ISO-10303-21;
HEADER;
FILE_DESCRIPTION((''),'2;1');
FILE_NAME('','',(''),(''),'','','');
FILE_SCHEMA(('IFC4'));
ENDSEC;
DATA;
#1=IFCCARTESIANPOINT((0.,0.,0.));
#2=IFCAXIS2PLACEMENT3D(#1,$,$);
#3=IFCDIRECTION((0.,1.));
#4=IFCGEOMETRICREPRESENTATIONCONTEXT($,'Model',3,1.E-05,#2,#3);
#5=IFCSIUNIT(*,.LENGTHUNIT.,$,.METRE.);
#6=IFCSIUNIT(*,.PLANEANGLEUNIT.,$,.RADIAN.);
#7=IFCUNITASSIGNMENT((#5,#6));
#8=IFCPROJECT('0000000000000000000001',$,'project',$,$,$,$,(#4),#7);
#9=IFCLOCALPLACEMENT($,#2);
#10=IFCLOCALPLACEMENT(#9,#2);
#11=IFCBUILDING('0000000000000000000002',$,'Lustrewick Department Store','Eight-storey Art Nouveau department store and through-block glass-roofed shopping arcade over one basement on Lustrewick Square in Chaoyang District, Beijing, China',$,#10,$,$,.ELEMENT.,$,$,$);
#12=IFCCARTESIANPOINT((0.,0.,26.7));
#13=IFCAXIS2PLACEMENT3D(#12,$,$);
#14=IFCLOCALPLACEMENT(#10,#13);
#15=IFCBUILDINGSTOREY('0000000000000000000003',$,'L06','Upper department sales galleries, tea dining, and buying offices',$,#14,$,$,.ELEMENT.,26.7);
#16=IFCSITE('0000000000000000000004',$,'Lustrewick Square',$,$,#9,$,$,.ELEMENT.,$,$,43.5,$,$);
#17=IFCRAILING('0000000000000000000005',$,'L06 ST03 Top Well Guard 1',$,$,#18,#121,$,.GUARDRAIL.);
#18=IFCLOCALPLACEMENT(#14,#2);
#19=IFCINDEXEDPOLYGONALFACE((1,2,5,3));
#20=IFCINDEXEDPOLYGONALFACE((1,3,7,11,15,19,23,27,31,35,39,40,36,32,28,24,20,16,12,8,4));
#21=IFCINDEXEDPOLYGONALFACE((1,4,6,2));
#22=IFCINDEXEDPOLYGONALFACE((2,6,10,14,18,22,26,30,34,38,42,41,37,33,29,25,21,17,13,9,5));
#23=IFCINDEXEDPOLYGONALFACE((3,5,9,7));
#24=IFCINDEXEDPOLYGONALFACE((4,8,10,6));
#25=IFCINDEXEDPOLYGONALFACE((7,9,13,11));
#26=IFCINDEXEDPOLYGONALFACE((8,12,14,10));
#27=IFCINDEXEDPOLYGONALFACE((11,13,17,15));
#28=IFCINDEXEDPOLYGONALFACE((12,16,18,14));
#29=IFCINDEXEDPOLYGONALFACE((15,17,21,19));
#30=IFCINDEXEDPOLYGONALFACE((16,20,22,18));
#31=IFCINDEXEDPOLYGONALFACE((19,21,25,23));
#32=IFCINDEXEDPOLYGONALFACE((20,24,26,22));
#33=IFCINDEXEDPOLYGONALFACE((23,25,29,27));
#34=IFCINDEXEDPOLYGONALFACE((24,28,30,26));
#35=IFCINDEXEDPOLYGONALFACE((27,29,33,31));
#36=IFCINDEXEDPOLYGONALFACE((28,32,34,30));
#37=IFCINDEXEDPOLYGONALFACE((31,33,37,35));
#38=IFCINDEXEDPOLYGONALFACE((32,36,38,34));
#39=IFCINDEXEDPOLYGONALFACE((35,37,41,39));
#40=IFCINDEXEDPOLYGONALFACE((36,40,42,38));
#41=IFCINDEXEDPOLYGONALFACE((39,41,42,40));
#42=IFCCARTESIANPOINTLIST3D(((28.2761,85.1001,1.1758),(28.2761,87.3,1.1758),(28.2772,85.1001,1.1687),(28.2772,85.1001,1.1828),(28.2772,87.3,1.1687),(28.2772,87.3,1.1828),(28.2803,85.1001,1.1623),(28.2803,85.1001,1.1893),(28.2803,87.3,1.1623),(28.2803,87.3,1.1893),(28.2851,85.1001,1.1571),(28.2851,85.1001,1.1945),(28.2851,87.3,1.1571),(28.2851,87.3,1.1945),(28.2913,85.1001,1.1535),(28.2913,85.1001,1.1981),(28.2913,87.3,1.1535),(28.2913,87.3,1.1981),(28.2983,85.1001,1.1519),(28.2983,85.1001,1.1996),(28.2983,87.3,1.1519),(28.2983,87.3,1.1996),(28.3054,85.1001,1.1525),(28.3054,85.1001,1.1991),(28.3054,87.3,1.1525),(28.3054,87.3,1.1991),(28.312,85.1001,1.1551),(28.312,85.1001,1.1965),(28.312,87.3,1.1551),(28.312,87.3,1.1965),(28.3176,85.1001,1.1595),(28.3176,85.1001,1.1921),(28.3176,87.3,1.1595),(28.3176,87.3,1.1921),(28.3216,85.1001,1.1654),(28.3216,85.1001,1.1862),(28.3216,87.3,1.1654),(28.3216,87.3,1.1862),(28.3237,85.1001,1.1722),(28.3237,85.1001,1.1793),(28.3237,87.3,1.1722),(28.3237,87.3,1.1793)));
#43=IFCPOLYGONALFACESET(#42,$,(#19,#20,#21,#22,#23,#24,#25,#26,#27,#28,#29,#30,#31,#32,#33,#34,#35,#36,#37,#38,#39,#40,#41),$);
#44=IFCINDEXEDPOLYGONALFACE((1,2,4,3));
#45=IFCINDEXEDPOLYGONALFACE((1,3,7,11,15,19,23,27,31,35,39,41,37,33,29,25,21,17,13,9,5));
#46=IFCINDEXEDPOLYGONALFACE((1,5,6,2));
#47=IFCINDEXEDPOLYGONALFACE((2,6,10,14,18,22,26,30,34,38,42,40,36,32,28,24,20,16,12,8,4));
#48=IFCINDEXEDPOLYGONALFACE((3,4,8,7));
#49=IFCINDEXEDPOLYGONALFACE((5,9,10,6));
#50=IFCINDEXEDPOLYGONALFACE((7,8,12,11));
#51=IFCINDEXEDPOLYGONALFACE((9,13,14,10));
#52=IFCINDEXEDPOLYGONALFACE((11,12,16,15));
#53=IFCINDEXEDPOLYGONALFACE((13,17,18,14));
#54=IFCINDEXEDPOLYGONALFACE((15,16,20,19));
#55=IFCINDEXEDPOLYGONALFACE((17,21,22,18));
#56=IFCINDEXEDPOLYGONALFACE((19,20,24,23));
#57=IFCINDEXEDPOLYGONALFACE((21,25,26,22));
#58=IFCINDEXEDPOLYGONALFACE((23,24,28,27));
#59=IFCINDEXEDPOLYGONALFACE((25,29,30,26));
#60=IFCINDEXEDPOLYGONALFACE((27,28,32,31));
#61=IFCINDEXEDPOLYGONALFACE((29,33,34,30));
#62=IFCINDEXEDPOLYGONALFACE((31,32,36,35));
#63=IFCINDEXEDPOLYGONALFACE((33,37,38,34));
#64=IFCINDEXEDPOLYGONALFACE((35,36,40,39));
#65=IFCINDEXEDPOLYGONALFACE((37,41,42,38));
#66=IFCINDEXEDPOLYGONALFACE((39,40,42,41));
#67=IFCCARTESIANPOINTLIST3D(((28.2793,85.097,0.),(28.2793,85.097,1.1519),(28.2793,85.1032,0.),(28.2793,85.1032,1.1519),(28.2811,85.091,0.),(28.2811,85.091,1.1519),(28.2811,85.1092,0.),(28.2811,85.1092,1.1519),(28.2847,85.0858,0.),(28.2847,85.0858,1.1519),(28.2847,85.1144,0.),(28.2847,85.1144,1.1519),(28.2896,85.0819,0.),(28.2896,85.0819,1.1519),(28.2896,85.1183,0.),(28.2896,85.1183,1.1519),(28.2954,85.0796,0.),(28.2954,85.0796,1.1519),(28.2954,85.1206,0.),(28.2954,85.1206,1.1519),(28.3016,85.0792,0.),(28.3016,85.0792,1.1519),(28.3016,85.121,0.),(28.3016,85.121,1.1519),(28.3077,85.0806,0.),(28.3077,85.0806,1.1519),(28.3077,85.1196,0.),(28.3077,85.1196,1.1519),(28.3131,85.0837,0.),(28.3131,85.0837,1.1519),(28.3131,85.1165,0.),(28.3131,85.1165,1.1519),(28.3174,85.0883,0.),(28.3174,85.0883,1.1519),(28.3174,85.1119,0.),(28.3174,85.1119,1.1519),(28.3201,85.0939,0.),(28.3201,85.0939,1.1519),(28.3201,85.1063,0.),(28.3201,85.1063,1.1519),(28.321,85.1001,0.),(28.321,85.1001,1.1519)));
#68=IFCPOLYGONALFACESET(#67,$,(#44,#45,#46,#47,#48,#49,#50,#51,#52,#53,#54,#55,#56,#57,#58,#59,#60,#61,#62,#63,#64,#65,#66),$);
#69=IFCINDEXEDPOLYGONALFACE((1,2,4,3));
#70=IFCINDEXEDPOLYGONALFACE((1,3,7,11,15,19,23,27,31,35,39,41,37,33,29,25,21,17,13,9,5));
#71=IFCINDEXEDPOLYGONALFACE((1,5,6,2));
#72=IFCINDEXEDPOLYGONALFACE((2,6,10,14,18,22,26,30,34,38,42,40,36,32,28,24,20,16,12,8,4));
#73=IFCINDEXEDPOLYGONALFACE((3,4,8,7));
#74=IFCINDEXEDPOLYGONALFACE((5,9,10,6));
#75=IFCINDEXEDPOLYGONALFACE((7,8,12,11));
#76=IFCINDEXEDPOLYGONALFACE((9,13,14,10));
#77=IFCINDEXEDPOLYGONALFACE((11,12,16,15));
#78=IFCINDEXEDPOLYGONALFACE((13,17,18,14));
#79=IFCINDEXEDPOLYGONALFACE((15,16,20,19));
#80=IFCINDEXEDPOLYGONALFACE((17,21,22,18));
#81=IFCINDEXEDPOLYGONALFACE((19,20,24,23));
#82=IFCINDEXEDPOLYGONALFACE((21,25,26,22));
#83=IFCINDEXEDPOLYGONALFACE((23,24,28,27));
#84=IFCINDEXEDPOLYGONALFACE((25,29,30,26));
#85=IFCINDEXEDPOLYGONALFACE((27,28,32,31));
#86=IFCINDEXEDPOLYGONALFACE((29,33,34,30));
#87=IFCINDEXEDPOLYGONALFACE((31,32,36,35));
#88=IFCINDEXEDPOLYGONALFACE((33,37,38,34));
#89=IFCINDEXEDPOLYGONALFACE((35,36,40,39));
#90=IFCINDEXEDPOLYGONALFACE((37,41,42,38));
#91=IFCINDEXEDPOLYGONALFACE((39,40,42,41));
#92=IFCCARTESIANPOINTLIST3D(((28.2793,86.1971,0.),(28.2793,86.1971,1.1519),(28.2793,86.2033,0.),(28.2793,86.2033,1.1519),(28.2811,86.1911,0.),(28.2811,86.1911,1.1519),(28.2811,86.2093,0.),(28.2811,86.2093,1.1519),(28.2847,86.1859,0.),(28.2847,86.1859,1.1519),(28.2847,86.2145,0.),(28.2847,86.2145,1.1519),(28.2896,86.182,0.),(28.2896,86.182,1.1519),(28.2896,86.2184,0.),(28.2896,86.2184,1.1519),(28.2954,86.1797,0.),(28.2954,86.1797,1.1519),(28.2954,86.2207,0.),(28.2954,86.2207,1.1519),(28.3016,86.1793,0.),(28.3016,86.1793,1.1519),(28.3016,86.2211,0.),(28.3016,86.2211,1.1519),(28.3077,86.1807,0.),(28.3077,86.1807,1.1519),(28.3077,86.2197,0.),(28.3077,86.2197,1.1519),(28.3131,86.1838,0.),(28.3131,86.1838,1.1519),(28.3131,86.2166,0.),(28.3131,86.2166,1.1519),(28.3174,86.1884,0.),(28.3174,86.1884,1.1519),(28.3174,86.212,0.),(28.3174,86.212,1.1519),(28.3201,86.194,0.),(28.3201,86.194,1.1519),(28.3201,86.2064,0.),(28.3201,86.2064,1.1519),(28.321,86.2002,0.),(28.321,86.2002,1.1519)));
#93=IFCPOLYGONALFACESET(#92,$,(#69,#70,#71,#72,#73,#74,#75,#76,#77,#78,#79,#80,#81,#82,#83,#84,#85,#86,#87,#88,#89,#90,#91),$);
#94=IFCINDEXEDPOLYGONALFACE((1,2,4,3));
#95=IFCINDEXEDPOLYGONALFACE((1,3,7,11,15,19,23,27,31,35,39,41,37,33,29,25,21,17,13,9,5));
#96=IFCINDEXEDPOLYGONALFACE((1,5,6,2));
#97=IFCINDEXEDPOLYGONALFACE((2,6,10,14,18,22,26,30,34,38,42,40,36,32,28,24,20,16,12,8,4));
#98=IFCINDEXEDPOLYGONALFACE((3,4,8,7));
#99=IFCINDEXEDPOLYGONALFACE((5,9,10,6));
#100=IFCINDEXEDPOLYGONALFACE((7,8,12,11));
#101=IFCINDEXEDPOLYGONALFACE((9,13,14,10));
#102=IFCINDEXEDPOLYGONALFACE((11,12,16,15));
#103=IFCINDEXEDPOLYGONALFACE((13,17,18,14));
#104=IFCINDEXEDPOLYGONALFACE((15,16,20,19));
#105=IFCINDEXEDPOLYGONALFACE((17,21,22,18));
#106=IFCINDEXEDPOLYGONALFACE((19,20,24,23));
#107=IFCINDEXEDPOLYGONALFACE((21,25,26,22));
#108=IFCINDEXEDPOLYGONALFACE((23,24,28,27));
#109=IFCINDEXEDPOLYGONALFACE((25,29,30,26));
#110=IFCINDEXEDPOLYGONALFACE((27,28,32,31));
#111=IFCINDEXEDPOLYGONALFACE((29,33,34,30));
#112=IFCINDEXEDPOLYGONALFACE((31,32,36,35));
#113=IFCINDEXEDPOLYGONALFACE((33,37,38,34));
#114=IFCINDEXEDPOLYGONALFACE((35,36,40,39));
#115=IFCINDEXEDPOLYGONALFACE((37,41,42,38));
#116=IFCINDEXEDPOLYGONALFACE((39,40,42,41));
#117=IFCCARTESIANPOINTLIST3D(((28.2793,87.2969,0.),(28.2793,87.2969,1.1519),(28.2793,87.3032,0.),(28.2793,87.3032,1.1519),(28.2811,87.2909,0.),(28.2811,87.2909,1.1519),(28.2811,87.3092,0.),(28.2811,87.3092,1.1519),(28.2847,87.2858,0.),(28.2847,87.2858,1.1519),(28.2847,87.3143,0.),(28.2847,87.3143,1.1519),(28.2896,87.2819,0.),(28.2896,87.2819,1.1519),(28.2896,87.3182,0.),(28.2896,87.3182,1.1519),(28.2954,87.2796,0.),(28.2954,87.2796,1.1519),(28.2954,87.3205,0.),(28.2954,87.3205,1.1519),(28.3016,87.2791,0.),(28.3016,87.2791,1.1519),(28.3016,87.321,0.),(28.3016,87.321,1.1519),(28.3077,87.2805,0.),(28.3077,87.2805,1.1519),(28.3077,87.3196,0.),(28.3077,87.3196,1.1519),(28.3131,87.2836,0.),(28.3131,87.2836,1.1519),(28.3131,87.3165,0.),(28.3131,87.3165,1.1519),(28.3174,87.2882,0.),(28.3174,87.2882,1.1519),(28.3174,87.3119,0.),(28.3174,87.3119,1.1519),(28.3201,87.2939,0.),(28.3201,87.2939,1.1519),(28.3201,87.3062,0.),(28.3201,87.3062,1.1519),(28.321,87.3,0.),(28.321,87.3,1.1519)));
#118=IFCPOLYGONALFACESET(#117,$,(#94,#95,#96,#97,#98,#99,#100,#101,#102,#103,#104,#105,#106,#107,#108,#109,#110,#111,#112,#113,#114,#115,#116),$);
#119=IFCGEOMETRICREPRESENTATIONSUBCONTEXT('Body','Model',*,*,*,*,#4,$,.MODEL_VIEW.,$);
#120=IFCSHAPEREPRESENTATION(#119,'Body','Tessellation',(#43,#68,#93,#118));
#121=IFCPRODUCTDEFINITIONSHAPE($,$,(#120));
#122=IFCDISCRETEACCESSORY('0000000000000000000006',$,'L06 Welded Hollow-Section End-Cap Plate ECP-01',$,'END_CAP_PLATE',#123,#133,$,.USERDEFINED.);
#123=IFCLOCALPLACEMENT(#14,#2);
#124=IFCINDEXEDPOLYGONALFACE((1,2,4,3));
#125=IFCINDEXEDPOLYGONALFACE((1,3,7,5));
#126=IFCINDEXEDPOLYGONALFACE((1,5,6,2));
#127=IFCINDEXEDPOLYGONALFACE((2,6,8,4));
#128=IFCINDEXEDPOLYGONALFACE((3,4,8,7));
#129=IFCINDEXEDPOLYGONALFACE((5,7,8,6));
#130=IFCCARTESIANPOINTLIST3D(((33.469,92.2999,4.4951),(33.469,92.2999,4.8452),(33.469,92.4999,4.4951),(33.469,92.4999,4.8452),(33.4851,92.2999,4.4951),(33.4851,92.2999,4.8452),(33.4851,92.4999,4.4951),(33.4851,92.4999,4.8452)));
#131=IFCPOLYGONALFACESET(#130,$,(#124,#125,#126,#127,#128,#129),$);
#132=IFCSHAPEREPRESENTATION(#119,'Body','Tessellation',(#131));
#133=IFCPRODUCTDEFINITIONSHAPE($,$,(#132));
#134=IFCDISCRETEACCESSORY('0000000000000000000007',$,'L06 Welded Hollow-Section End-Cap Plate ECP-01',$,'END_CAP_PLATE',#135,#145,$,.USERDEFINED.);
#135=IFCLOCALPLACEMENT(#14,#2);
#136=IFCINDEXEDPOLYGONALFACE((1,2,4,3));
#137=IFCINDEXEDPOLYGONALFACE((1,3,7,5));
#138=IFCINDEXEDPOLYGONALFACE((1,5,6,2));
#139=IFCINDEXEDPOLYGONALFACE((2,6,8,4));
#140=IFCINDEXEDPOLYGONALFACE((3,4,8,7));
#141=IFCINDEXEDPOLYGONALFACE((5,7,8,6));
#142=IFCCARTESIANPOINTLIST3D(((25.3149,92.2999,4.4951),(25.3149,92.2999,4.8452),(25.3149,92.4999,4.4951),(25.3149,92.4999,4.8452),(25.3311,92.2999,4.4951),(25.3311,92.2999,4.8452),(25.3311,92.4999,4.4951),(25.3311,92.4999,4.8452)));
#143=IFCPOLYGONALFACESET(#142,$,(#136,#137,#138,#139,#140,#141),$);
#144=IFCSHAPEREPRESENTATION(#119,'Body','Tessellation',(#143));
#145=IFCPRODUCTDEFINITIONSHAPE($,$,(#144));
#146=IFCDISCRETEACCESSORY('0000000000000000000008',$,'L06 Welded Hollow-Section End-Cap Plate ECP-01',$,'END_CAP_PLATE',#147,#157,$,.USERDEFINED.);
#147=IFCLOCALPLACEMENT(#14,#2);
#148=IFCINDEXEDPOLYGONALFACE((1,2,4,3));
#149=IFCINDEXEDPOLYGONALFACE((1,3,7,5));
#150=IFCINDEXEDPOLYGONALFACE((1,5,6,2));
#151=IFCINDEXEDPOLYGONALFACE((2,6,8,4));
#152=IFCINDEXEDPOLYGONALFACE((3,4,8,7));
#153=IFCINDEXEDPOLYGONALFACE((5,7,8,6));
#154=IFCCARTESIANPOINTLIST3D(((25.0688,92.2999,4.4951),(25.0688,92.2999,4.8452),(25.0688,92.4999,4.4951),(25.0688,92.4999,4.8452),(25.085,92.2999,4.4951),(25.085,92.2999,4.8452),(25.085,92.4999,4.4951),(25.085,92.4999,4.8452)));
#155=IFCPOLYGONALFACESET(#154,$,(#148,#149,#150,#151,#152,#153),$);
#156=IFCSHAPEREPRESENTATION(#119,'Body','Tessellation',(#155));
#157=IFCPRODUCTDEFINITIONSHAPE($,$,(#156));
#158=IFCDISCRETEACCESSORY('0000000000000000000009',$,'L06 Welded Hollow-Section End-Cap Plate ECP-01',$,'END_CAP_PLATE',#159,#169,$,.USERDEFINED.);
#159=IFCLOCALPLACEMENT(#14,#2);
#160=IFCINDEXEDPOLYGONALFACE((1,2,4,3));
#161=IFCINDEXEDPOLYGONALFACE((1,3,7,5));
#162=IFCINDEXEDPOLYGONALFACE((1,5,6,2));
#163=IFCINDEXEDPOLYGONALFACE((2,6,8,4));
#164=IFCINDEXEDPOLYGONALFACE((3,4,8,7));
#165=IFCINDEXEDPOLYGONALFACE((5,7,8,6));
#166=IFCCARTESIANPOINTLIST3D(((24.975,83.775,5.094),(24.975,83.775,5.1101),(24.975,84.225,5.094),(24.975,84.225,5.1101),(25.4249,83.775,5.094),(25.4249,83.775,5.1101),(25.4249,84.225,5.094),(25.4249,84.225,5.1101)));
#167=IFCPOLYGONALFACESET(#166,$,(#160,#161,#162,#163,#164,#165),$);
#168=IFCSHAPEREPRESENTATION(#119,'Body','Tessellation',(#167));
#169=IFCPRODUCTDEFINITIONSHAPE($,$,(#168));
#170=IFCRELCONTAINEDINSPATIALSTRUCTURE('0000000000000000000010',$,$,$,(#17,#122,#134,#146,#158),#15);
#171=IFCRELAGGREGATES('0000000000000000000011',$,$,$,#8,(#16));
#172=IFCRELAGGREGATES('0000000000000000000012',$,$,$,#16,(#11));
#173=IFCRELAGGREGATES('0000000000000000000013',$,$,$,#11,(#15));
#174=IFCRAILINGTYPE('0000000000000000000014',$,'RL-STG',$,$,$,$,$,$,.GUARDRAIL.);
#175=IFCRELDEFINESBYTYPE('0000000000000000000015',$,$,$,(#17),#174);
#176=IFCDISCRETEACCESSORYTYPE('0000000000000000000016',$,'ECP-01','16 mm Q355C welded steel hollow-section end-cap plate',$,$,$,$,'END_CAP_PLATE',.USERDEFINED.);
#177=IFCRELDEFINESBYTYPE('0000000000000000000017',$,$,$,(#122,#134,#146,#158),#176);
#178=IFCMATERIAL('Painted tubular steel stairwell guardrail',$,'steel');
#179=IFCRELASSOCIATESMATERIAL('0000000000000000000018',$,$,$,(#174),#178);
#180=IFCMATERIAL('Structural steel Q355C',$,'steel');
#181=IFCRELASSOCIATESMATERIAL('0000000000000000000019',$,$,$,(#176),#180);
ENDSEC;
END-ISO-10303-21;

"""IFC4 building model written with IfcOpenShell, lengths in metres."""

from ifc_helpers import new_model, si_unit, direction, frame, origin, origin_2d, place, context, subcontext, project, spatial, rectangle, circle, extrude, material, type_object, element, save


model = new_model("IFC4")

# Units and contexts
model_context = context("Model", 3, precision=1e-05, world=origin(), true_north=direction((0.0, 1.0)))
body_context = subcontext(model_context, "Body", "Model", "MODEL_VIEW")
ifc_project = project(units=[si_unit("LENGTHUNIT", "METRE"), si_unit("PLANEANGLEUNIT", "RADIAN")], contexts=[model_context])

# Site, building, storey
site_placement = place(None, origin())
site = spatial("IfcSite", under=ifc_project, at=site_placement, Name="Lustrewick Square", CompositionType="ELEMENT", RefElevation=43.5)
building_placement = place(site_placement, origin())
building = spatial("IfcBuilding", under=site, at=building_placement, Name="Lustrewick Department Store", Description="Eight-storey Art Nouveau department store and through-block glass-roofed shopping arcade over one basement on Lustrewick Square in Chaoyang District, Beijing, China", CompositionType="ELEMENT")
storey_placement = place(building_placement, frame((0.0, 0.0, 26.7)))
storey = spatial("IfcBuildingStorey", under=building, at=storey_placement, Name="L06", Description="Upper department sales galleries, tea dining, and buying offices", CompositionType="ELEMENT", Elevation=26.7)

# Shared definitions
ifc_material_1 = material(Name="Structural steel Q355C", Category="steel")

# Railing
ifc_material_2 = material(Name="Painted tubular steel stairwell guardrail", Category="steel")
railing_type = type_object("IfcRailingType", Name="RL-STG", PredefinedType="GUARDRAIL", material=ifc_material_2)
railing_placement = place(storey_placement, frame((28.3, 85.1001, 0.0)))
element("IfcRailing", 1, at=railing_placement, inside=storey, type_object=railing_type, Name="L06 ST03 Top Well Guard 1", PredefinedType="GUARDRAIL", context=body_context, shape_type="SweptSolid", body=[
    extrude(circle(Radius=0.0239, at=origin_2d()), frame((0.0, 0.0, 1.1758), z_axis=(0.0, 1.0, 0.0), x_axis=(-1.0, 0.0, 0.0)), (0.0, 0.0, 1.0), 2.2),
    extrude(circle(Radius=0.021, at=origin_2d()), origin(), (0.0, 0.0, 1.0), 1.1519),
    extrude(circle(Radius=0.021, at=origin_2d()), frame((0.0, 1.1001, 0.0)), (0.0, 0.0, 1.0), 1.1519),
    extrude(circle(Radius=0.021, at=origin_2d()), frame((0.0, 2.2, 0.0)), (0.0, 0.0, 1.0), 1.1519),
])

# Discrete accessories
discrete_accessory_type = type_object("IfcDiscreteAccessoryType", Name="ECP-01", Description="16 mm Q355C welded steel hollow-section end-cap plate", ElementType="END_CAP_PLATE", PredefinedType="USERDEFINED", material=ifc_material_1)
for number, where, z_axis, x_axis, name in (
    (2, (33.469, 92.3999, 4.6702), (1.0, 0.0, 0.0), (0.0, 1.0, 0.0), "L06 Welded Hollow-Section End-Cap Plate ECP-01"),
    (3, (25.3311, 92.3999, 4.6702), (-1.0, 0.0, 0.0), (0.0, 1.0, 0.0), "L06 Welded Hollow-Section End-Cap Plate ECP-01"),
    (4, (25.0688, 92.3999, 4.6702), (1.0, 0.0, 0.0), (0.0, 1.0, 0.0), "L06 Welded Hollow-Section End-Cap Plate ECP-01"),
):
    element("IfcDiscreteAccessory", number, at=place(storey_placement, frame(where, z_axis=z_axis, x_axis=x_axis)), inside=storey, type_object=discrete_accessory_type, Name=name, ObjectType="END_CAP_PLATE", PredefinedType="USERDEFINED", context=body_context, shape_type="SweptSolid", body=[
        extrude(rectangle(XDim=0.2, YDim=0.3501, at=origin_2d()), origin(), (0.0, 0.0, 1.0), 0.0161),
    ])
discrete_accessory_placement = place(storey_placement, frame((25.2, 84.0, 5.094), z_axis=(0.0, 0.0, 1.0), x_axis=(1.0, 0.0, 0.0)))
element("IfcDiscreteAccessory", 5, at=discrete_accessory_placement, inside=storey, type_object=discrete_accessory_type, Name="L06 Welded Hollow-Section End-Cap Plate ECP-01", ObjectType="END_CAP_PLATE", PredefinedType="USERDEFINED", context=body_context, shape_type="SweptSolid", body=[
    extrude(rectangle(XDim=0.45, YDim=0.45, at=origin_2d()), origin(), (0.0, 0.0, 1.0), 0.0161),
])

save(model, "model.ifc")
